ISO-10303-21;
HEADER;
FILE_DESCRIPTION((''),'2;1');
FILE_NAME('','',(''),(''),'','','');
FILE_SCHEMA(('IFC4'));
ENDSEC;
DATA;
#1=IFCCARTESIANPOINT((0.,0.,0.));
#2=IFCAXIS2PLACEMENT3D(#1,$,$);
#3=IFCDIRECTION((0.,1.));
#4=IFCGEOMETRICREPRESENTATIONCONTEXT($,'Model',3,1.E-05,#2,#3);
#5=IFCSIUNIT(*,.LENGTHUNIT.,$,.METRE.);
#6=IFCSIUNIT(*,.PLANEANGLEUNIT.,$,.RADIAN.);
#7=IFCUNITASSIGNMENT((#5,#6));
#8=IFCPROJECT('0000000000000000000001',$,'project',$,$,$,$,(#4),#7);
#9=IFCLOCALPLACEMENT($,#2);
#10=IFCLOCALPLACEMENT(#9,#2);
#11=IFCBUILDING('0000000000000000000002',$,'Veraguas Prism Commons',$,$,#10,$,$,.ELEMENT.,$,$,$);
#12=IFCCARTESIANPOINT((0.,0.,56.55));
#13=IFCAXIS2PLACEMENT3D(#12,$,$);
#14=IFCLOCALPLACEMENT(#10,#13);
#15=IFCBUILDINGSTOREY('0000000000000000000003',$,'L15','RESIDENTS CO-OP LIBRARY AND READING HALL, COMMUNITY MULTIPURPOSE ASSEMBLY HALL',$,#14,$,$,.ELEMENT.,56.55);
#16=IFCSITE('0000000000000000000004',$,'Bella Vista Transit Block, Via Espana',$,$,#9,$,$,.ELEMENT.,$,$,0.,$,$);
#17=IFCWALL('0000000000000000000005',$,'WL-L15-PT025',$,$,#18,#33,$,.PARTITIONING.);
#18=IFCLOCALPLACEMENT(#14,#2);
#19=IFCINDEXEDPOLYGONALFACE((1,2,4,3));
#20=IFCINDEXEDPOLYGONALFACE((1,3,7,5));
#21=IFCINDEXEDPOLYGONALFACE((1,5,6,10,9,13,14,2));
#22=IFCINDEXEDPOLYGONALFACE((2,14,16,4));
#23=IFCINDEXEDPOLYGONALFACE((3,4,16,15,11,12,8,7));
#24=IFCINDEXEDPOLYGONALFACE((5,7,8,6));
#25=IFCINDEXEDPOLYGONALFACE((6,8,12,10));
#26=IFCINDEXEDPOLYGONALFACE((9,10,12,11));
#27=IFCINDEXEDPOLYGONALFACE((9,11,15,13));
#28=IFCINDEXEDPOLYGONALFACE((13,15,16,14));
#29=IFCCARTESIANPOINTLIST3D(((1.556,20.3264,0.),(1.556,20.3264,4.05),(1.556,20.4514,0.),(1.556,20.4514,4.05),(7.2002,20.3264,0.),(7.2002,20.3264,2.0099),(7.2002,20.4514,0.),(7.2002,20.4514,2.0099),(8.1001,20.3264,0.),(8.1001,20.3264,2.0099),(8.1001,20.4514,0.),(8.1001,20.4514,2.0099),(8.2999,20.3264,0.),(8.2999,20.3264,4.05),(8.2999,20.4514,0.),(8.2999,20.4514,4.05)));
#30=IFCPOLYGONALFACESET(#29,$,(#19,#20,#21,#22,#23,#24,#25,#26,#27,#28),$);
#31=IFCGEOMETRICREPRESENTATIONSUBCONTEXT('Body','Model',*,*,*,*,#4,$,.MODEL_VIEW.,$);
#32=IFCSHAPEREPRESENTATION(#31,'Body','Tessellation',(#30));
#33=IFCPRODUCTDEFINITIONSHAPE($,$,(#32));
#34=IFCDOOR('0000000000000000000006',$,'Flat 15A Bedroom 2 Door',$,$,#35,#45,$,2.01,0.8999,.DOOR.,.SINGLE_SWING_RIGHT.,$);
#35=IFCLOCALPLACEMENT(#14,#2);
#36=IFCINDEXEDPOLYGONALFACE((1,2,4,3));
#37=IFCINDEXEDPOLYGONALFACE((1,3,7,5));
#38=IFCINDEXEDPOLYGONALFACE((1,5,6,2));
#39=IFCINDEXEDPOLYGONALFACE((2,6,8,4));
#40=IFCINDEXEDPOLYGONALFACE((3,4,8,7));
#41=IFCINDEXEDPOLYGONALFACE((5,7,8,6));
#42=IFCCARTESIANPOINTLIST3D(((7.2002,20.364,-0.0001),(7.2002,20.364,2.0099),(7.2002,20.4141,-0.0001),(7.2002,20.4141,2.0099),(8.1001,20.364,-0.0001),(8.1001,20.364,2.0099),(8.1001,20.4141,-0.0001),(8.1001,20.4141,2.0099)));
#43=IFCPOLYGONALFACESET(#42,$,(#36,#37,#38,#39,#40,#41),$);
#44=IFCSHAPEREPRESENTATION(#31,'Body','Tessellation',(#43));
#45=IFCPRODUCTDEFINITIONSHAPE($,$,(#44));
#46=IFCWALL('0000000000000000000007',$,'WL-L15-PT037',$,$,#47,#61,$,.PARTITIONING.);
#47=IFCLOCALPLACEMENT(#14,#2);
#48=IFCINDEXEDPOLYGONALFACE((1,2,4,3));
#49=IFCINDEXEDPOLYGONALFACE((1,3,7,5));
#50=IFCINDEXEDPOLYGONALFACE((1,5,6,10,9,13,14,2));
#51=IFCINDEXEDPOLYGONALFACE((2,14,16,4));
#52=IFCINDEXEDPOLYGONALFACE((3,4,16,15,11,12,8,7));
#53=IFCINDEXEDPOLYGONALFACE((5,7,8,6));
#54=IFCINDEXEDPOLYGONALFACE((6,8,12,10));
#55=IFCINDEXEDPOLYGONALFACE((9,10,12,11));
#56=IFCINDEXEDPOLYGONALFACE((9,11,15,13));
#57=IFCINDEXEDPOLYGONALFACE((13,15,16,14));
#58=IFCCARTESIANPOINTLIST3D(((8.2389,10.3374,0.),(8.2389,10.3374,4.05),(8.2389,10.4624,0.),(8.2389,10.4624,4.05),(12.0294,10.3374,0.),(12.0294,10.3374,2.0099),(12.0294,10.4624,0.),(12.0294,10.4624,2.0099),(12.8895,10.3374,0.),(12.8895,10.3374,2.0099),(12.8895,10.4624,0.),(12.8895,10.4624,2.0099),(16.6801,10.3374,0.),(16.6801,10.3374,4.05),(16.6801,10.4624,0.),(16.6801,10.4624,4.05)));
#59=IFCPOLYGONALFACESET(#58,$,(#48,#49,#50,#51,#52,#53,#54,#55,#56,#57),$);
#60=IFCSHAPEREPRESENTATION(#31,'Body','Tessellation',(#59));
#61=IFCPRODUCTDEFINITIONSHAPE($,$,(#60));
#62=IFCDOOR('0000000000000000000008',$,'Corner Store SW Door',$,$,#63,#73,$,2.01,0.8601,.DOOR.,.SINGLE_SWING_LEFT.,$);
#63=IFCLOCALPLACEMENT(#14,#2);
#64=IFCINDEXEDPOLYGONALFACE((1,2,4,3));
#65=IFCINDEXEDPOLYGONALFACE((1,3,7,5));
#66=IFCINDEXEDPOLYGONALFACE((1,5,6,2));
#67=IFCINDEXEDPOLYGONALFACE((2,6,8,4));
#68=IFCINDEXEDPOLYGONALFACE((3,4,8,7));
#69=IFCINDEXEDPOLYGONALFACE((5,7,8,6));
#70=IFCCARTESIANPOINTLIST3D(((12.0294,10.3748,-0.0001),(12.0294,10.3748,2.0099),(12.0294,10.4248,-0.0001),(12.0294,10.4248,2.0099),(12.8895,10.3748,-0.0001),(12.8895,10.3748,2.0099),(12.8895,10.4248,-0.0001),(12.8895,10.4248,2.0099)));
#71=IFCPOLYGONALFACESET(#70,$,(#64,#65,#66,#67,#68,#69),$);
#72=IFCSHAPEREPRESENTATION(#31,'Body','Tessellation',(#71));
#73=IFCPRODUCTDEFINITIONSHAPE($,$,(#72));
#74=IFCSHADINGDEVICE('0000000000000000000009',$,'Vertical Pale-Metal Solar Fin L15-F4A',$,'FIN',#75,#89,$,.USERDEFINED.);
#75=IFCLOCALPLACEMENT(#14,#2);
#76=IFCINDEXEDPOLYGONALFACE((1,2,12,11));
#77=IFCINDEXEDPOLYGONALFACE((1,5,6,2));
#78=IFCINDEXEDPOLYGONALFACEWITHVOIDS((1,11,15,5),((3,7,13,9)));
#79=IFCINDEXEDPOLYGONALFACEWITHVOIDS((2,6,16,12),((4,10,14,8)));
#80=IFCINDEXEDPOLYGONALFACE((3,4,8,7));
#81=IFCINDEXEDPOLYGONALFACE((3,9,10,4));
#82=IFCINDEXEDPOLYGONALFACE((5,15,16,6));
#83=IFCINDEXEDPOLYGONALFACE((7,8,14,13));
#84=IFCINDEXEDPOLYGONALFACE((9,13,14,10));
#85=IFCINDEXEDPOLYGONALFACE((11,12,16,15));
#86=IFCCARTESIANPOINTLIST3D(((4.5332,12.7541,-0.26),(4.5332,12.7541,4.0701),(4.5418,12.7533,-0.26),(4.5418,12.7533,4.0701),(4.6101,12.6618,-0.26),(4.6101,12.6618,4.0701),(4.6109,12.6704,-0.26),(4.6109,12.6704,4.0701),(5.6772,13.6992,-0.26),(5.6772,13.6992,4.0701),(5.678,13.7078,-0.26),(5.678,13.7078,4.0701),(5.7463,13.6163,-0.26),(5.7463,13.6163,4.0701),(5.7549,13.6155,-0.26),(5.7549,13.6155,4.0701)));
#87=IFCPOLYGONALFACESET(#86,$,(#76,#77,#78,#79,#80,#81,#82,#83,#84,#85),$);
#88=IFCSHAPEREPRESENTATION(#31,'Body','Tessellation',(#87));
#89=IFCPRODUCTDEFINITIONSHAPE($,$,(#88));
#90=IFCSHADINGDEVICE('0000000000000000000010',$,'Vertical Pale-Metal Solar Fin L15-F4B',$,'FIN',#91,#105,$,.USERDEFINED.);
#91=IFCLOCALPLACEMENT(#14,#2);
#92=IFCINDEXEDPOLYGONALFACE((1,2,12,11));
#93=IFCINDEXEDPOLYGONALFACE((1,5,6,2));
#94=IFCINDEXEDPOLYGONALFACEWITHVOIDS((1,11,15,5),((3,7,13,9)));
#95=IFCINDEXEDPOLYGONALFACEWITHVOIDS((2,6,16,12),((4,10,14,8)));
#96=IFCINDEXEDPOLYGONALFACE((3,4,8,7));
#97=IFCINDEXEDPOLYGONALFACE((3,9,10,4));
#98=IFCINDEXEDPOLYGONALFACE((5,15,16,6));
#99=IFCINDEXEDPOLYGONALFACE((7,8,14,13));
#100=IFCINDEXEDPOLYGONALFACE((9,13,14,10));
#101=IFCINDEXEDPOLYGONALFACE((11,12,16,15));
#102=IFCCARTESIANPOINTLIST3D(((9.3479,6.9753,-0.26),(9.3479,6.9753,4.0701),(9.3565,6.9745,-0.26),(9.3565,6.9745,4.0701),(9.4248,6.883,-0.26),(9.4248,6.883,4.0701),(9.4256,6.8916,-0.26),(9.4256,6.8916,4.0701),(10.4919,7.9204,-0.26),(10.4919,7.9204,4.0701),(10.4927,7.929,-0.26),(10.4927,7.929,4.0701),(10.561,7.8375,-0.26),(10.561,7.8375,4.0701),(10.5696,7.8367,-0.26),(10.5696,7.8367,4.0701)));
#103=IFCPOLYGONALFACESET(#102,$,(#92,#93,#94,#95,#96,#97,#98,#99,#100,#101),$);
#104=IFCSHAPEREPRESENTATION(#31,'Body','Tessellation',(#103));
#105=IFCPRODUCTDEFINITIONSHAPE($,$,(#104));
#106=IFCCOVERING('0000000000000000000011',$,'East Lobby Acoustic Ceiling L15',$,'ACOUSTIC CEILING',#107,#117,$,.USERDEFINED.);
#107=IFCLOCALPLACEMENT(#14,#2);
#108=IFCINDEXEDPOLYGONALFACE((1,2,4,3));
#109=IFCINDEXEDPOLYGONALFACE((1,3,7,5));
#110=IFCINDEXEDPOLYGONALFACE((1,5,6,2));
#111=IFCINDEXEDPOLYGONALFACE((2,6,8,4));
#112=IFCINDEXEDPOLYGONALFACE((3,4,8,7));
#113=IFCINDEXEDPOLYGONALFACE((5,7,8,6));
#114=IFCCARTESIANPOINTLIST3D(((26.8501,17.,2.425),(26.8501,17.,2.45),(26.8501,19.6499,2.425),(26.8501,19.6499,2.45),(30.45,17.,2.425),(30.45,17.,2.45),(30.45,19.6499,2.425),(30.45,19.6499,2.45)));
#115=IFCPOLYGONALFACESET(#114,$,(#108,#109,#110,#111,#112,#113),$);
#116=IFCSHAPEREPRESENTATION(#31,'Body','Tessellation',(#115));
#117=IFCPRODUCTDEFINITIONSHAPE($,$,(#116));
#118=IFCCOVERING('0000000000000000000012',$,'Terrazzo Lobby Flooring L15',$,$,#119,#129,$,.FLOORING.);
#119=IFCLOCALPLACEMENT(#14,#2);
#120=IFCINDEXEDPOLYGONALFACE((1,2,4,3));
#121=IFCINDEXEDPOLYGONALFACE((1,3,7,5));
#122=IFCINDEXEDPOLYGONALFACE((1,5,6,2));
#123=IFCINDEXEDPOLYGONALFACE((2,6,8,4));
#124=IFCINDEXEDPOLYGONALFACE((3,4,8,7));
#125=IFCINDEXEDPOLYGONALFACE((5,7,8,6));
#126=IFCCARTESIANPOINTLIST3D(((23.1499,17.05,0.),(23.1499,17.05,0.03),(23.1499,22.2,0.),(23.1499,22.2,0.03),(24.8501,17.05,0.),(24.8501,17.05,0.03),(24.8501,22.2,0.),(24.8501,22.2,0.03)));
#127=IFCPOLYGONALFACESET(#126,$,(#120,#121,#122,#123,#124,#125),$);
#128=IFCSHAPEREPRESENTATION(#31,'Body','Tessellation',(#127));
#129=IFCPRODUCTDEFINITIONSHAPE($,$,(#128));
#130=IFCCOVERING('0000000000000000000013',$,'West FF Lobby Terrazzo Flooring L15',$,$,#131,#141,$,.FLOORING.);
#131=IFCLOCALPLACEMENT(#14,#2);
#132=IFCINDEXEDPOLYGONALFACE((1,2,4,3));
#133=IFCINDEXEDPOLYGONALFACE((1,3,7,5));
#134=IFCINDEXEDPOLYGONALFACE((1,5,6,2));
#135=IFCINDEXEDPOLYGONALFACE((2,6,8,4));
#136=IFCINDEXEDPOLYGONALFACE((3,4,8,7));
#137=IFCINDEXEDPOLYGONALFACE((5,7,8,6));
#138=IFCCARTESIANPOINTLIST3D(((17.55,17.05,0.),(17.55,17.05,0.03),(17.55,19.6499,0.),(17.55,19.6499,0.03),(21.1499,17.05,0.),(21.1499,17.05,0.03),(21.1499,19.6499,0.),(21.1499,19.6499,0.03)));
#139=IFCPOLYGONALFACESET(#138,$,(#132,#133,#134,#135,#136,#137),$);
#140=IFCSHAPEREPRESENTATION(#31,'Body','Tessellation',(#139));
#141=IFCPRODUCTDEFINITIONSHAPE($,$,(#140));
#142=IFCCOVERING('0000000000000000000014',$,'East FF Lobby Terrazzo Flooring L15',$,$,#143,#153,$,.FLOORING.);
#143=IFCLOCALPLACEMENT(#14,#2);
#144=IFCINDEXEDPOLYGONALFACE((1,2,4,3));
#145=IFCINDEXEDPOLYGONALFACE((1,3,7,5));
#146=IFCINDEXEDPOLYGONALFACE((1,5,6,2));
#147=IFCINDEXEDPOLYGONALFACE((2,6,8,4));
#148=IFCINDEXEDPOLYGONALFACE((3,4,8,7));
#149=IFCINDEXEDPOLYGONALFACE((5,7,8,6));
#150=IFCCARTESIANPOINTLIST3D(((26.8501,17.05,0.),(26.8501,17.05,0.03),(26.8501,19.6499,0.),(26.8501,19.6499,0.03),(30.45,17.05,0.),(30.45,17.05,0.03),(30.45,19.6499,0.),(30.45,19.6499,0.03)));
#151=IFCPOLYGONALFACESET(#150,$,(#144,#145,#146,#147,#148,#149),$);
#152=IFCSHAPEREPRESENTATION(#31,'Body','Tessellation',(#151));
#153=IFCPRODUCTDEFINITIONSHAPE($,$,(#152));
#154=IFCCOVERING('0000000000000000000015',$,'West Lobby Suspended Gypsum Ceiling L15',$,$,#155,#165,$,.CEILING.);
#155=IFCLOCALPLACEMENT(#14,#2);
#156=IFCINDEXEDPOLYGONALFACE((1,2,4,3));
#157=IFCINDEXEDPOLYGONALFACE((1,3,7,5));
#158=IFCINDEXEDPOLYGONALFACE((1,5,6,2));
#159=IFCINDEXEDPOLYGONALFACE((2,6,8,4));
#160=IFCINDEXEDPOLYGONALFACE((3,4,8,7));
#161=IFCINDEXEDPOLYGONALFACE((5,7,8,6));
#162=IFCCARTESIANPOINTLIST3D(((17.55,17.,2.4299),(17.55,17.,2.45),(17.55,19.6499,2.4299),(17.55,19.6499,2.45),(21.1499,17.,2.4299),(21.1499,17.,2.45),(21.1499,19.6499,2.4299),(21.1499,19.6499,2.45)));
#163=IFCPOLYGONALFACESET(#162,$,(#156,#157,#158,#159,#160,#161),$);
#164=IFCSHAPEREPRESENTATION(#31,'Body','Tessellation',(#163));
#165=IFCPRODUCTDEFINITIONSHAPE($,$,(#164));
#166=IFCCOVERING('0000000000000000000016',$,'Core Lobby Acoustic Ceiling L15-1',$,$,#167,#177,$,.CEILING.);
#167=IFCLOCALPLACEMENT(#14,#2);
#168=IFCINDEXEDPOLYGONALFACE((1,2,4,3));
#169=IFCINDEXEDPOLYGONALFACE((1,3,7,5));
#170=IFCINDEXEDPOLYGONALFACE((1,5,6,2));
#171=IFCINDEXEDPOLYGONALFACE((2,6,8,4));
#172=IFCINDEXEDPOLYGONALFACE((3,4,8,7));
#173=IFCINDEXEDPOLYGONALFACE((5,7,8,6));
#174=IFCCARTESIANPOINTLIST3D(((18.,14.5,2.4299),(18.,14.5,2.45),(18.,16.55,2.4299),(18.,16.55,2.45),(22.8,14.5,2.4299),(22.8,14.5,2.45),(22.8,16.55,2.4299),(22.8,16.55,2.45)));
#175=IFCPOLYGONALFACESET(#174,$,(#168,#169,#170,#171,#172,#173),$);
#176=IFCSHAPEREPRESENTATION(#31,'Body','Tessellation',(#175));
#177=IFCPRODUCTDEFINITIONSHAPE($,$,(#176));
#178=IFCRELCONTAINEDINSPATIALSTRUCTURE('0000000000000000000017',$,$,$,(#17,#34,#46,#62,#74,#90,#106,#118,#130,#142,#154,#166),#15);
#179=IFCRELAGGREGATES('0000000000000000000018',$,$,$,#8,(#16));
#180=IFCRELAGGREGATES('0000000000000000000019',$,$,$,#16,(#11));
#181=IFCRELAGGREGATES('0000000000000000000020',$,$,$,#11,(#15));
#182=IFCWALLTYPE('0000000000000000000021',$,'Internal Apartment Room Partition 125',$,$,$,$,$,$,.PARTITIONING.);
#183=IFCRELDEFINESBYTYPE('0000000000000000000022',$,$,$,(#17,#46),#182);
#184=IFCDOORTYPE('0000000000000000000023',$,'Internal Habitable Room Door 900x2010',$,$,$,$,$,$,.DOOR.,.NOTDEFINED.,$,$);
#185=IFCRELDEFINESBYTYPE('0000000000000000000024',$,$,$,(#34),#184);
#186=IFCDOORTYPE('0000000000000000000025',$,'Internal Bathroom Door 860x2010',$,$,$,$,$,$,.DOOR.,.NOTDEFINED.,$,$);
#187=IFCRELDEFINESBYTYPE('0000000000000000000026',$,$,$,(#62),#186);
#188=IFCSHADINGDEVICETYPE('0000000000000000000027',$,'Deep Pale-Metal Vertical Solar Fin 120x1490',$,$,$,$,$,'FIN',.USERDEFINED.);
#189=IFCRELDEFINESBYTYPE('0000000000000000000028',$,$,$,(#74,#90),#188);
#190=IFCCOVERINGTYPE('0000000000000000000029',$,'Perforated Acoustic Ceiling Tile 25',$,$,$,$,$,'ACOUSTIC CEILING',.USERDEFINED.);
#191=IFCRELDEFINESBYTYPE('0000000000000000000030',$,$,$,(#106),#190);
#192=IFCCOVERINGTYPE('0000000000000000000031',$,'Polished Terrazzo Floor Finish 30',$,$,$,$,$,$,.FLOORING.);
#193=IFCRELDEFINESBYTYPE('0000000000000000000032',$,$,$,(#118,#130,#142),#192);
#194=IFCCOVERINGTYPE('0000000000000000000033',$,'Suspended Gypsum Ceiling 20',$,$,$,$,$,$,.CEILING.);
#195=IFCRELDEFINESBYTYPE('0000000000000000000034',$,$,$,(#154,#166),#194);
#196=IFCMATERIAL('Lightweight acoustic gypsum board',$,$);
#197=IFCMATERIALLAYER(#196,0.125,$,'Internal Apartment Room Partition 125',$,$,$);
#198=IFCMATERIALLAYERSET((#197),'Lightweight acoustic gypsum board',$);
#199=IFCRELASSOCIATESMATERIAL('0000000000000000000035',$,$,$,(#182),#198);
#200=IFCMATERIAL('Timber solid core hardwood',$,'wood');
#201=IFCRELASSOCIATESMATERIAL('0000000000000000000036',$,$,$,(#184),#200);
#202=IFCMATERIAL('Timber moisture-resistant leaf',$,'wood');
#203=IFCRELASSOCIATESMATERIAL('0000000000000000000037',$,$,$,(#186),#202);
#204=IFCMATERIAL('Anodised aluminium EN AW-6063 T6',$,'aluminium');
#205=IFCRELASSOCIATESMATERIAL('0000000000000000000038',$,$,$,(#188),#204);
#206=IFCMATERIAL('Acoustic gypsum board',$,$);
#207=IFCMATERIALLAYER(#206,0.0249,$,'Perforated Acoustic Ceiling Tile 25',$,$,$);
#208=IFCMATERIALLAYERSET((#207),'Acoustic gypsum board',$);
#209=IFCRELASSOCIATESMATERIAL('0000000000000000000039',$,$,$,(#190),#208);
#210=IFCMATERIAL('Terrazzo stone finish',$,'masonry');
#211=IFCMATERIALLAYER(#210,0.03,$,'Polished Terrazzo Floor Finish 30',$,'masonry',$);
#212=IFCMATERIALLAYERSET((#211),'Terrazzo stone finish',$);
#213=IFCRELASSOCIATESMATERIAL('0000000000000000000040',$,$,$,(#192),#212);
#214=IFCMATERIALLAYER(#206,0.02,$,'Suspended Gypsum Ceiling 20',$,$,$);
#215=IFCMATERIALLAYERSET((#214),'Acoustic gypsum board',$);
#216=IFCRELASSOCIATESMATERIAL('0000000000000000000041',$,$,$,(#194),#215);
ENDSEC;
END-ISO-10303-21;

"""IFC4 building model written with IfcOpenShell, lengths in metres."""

from ifc_helpers import new_model, si_unit, direction, frame, frame_2d, origin, origin_2d, place, context, subcontext, project, spatial, polyline, rectangle, hollow_rectangle, outline, extrude, source, transform, mapped, material, layer, layer_set, material_profile, profile_set, type_object, element, fill, save


model = new_model("IFC4")

# Units and contexts
model_context = context("Model", 3, precision=1e-05, world=origin(), true_north=direction((0.0, 1.0)))
body_context = subcontext(model_context, "Body", "Model", "MODEL_VIEW")
ifc_project = project(units=[si_unit("LENGTHUNIT", "METRE"), si_unit("PLANEANGLEUNIT", "RADIAN")], contexts=[model_context])

# Site, building, storey
site_placement = place(None, origin())
site = spatial("IfcSite", under=ifc_project, at=site_placement, Name="Bella Vista Transit Block, Via Espana", CompositionType="ELEMENT", RefElevation=0.0)
building_placement = place(site_placement, origin())
building = spatial("IfcBuilding", under=site, at=building_placement, Name="Veraguas Prism Commons", CompositionType="ELEMENT")
storey_placement = place(building_placement, frame((0.0, 0.0, 56.55)))
storey = spatial("IfcBuildingStorey", under=building, at=storey_placement, Name="L15", Description="RESIDENTS CO-OP LIBRARY AND READING HALL, COMMUNITY MULTIPURPOSE ASSEMBLY HALL", CompositionType="ELEMENT", Elevation=56.55)

# Shared definitions
ifc_material_1 = material(Name="Anodised aluminium EN AW-6063 T6", Category="aluminium")

# Shared definitions
ifc_material_2 = material(Name="Lightweight acoustic gypsum board")
ifc_layer_1 = layer(ifc_material_2, 0.125, Name="Internal Apartment Room Partition 125")
ifc_layer_set_1 = layer_set([ifc_layer_1], Name="Lightweight acoustic gypsum board")
wall_type = type_object("IfcWallType", Name="Internal Apartment Room Partition 125", PredefinedType="PARTITIONING", material=ifc_layer_set_1)

# Walls, openings, doors
wall_1_placement = place(storey_placement, frame((8.3, 20.3889, 0.0), z_axis=(0.0, 0.0, 1.0), x_axis=(-1.0, 0.0, 0.0)))
wall_1 = element("IfcWall", 1, at=wall_1_placement, inside=storey, type_object=wall_type, Name="WL-L15-PT025", PredefinedType="PARTITIONING", context=body_context, shape_type="SweptSolid", body=[
    extrude(rectangle(XDim=6.7439, YDim=0.125, at=frame_2d((3.3721, 0.0))), origin(), (0.0, 0.0, 1.0), 4.05),
])
opening_1_placement = place(wall_1_placement, frame((0.2, 0.0, 0.0)))
opening_1 = element("IfcOpeningElement", 2, at=opening_1_placement, cuts=wall_1, PredefinedType="OPENING", context=body_context, shape_type="SweptSolid", body=[
    extrude(rectangle(XDim=0.8999, YDim=2.01, at=frame_2d((0.45, 1.0049))), frame((0.0, 0.0725, 0.0), z_axis=(0.0, -1.0, 0.0), x_axis=(1.0, 0.0, 0.0)), (0.0, 0.0, 1.0), 0.145),
])
ifc_material_3 = material(Name="Timber solid core hardwood", Category="wood")
door_type_1 = type_object("IfcDoorType", Name="Internal Habitable Room Door 900x2010", OperationType="NOTDEFINED", PredefinedType="DOOR", material=ifc_material_3)
shared_shape_1 = source(origin(), body_context, "Body", "SweptSolid", [
    extrude(rectangle(XDim=0.8999, YDim=2.01, at=frame_2d((0.45, 1.0049))), frame((0.0, 0.0249, 0.0), z_axis=(0.0, -1.0, 0.0), x_axis=(1.0, 0.0, 0.0)), (0.0, 0.0, 1.0), 0.05),
])
door_1_placement = place(opening_1_placement, origin())
door_1 = element("IfcDoor", 3, at=door_1_placement, inside=storey, type_object=door_type_1, Name="Flat 15A Bedroom 2 Door", OperationType="SINGLE_SWING_RIGHT", OverallHeight=2.01, OverallWidth=0.8999, PredefinedType="DOOR", context=body_context, shape_type="MappedRepresentation", body=[
    mapped(shared_shape_1, transform((0.0, 0.0, 0.0), scale=1.0)),
])
fill(opening_1, door_1)
wall_2_placement = place(storey_placement, frame((8.2388, 10.3999, 0.0), z_axis=(0.0, 0.0, 1.0), x_axis=(1.0, 0.0, 0.0)))
wall_2 = element("IfcWall", 4, at=wall_2_placement, inside=storey, type_object=wall_type, Name="WL-L15-PT037", PredefinedType="PARTITIONING", context=body_context, shape_type="SweptSolid", body=[
    extrude(rectangle(XDim=8.4412, YDim=0.125, at=frame_2d((4.2207, 0.0))), origin(), (0.0, 0.0, 1.0), 4.05),
])
opening_2_placement = place(wall_2_placement, frame((3.7905, 0.0, 0.0)))
opening_2 = element("IfcOpeningElement", 5, at=opening_2_placement, cuts=wall_2, PredefinedType="OPENING", context=body_context, shape_type="SweptSolid", body=[
    extrude(rectangle(XDim=0.8601, YDim=2.01, at=frame_2d((0.4302, 1.0049))), frame((0.0, 0.0725, 0.0), z_axis=(0.0, -1.0, 0.0), x_axis=(1.0, 0.0, 0.0)), (0.0, 0.0, 1.0), 0.145),
])
ifc_material_4 = material(Name="Timber moisture-resistant leaf", Category="wood")
door_type_2 = type_object("IfcDoorType", Name="Internal Bathroom Door 860x2010", OperationType="NOTDEFINED", PredefinedType="DOOR", material=ifc_material_4)
shared_shape_2 = source(origin(), body_context, "Body", "SweptSolid", [
    extrude(rectangle(XDim=0.8601, YDim=2.01, at=frame_2d((0.4302, 1.0049))), frame((0.0, 0.0249, 0.0), z_axis=(0.0, -1.0, 0.0), x_axis=(1.0, 0.0, 0.0)), (0.0, 0.0, 1.0), 0.05),
])
door_2_placement = place(opening_2_placement, origin())
door_2 = element("IfcDoor", 6, at=door_2_placement, inside=storey, type_object=door_type_2, Name="Corner Store SW Door", OperationType="SINGLE_SWING_LEFT", OverallHeight=2.01, OverallWidth=0.8601, PredefinedType="DOOR", context=body_context, shape_type="MappedRepresentation", body=[
    mapped(shared_shape_2, transform((0.0, 0.0, 0.0), scale=1.0)),
])
fill(opening_2, door_2)

# Shading devices
ifc_material_profile_1 = material_profile(ifc_material_1, hollow_rectangle(XDim=0.1201, YDim=1.49, WallThickness=0.0061, at=origin_2d()), Name="FIN120X1490X6")
ifc_profile_set_1 = profile_set([ifc_material_profile_1], Name="Anodised aluminium EN AW-6063 T6")
shading_device_type = type_object("IfcShadingDeviceType", Name="Deep Pale-Metal Vertical Solar Fin 120x1490", ElementType="FIN", PredefinedType="USERDEFINED", material=ifc_profile_set_1)
for number, where, z_axis, x_axis, name in (
    (7, (5.144, 13.1848, -0.26), (0.0, 0.0, 1.0), (0.640108, -0.768285, 0.0), "Vertical Pale-Metal Solar Fin L15-F4A"),
    (8, (9.9587, 7.406, -0.26), (0.0, 0.0, 1.0), (0.640108, -0.768285, 0.0), "Vertical Pale-Metal Solar Fin L15-F4B"),
):
    element("IfcShadingDevice", number, at=place(storey_placement, frame(where, z_axis=z_axis, x_axis=x_axis)), inside=storey, type_object=shading_device_type, Name=name, ObjectType="FIN", PredefinedType="USERDEFINED", context=body_context, shape_type="SweptSolid", body=[
        extrude(hollow_rectangle(XDim=0.1201, YDim=1.49, WallThickness=0.0061, at=origin_2d()), origin(), (0.0, 0.0, 1.0), 4.3301),
    ])

# Coverings
ifc_material_5 = material(Name="Acoustic gypsum board")
ifc_layer_2 = layer(ifc_material_5, 0.0249, Name="Perforated Acoustic Ceiling Tile 25")
ifc_layer_set_2 = layer_set([ifc_layer_2], Name="Acoustic gypsum board")
covering_type_1 = type_object("IfcCoveringType", Name="Perforated Acoustic Ceiling Tile 25", ElementType="ACOUSTIC CEILING", PredefinedType="USERDEFINED", material=ifc_layer_set_2)
covering_1_placement = place(storey_placement, frame((0.0, 0.0, 2.425)))
element("IfcCovering", 9, at=covering_1_placement, inside=storey, type_object=covering_type_1, Name="East Lobby Acoustic Ceiling L15", ObjectType="ACOUSTIC CEILING", PredefinedType="USERDEFINED", context=body_context, shape_type="SweptSolid", body=[
    extrude(outline(polyline([(26.8501, 17.0), (30.45, 17.0), (30.45, 19.6499), (26.8501, 19.6499), (26.8501, 17.0)])), origin(), (0.0, 0.0, 1.0), 0.0249),
])
ifc_material_6 = material(Name="Terrazzo stone finish", Category="masonry")
ifc_layer_3 = layer(ifc_material_6, 0.03, Name="Polished Terrazzo Floor Finish 30", Category="masonry")
ifc_layer_set_3 = layer_set([ifc_layer_3], Name="Terrazzo stone finish")
covering_type_2 = type_object("IfcCoveringType", Name="Polished Terrazzo Floor Finish 30", PredefinedType="FLOORING", material=ifc_layer_set_3)
covering_2_placement = place(storey_placement, origin())
element("IfcCovering", 10, at=covering_2_placement, inside=storey, type_object=covering_type_2, Name="Terrazzo Lobby Flooring L15", PredefinedType="FLOORING", context=body_context, shape_type="SweptSolid", body=[
    extrude(outline(polyline([(23.1499, 17.05), (24.8501, 17.05), (24.8501, 22.2), (23.1499, 22.2), (23.1499, 17.05)])), origin(), (0.0, 0.0, 1.0), 0.03),
])
covering_3_placement = place(storey_placement, origin())
element("IfcCovering", 11, at=covering_3_placement, inside=storey, type_object=covering_type_2, Name="West FF Lobby Terrazzo Flooring L15", PredefinedType="FLOORING", context=body_context, shape_type="SweptSolid", body=[
    extrude(outline(polyline([(17.55, 17.05), (21.1499, 17.05), (21.1499, 19.6499), (17.55, 19.6499), (17.55, 17.05)])), origin(), (0.0, 0.0, 1.0), 0.03),
])
covering_4_placement = place(storey_placement, origin())
element("IfcCovering", 12, at=covering_4_placement, inside=storey, type_object=covering_type_2, Name="East FF Lobby Terrazzo Flooring L15", PredefinedType="FLOORING", context=body_context, shape_type="SweptSolid", body=[
    extrude(outline(polyline([(26.8501, 17.05), (30.45, 17.05), (30.45, 19.6499), (26.8501, 19.6499), (26.8501, 17.05)])), origin(), (0.0, 0.0, 1.0), 0.03),
])
ifc_layer_4 = layer(ifc_material_5, 0.02, Name="Suspended Gypsum Ceiling 20")
ifc_layer_set_4 = layer_set([ifc_layer_4], Name="Acoustic gypsum board")
covering_type_3 = type_object("IfcCoveringType", Name="Suspended Gypsum Ceiling 20", PredefinedType="CEILING", material=ifc_layer_set_4)
covering_5_placement = place(storey_placement, frame((0.0, 0.0, 2.4299)))
element("IfcCovering", 13, at=covering_5_placement, inside=storey, type_object=covering_type_3, Name="West Lobby Suspended Gypsum Ceiling L15", PredefinedType="CEILING", context=body_context, shape_type="SweptSolid", body=[
    extrude(outline(polyline([(17.55, 17.0), (21.1499, 17.0), (21.1499, 19.6499), (17.55, 19.6499), (17.55, 17.0)])), origin(), (0.0, 0.0, 1.0), 0.02),
])
covering_6_placement = place(storey_placement, frame((0.0, 0.0, 2.4299)))
element("IfcCovering", 14, at=covering_6_placement, inside=storey, type_object=covering_type_3, Name="Core Lobby Acoustic Ceiling L15-1", PredefinedType="CEILING", context=body_context, shape_type="SweptSolid", body=[
    extrude(outline(polyline([(18.0, 14.5), (22.8, 14.5), (22.8, 16.55), (18.0, 16.55), (18.0, 14.5)])), origin(), (0.0, 0.0, 1.0), 0.02),
])

save(model, "model.ifc")
